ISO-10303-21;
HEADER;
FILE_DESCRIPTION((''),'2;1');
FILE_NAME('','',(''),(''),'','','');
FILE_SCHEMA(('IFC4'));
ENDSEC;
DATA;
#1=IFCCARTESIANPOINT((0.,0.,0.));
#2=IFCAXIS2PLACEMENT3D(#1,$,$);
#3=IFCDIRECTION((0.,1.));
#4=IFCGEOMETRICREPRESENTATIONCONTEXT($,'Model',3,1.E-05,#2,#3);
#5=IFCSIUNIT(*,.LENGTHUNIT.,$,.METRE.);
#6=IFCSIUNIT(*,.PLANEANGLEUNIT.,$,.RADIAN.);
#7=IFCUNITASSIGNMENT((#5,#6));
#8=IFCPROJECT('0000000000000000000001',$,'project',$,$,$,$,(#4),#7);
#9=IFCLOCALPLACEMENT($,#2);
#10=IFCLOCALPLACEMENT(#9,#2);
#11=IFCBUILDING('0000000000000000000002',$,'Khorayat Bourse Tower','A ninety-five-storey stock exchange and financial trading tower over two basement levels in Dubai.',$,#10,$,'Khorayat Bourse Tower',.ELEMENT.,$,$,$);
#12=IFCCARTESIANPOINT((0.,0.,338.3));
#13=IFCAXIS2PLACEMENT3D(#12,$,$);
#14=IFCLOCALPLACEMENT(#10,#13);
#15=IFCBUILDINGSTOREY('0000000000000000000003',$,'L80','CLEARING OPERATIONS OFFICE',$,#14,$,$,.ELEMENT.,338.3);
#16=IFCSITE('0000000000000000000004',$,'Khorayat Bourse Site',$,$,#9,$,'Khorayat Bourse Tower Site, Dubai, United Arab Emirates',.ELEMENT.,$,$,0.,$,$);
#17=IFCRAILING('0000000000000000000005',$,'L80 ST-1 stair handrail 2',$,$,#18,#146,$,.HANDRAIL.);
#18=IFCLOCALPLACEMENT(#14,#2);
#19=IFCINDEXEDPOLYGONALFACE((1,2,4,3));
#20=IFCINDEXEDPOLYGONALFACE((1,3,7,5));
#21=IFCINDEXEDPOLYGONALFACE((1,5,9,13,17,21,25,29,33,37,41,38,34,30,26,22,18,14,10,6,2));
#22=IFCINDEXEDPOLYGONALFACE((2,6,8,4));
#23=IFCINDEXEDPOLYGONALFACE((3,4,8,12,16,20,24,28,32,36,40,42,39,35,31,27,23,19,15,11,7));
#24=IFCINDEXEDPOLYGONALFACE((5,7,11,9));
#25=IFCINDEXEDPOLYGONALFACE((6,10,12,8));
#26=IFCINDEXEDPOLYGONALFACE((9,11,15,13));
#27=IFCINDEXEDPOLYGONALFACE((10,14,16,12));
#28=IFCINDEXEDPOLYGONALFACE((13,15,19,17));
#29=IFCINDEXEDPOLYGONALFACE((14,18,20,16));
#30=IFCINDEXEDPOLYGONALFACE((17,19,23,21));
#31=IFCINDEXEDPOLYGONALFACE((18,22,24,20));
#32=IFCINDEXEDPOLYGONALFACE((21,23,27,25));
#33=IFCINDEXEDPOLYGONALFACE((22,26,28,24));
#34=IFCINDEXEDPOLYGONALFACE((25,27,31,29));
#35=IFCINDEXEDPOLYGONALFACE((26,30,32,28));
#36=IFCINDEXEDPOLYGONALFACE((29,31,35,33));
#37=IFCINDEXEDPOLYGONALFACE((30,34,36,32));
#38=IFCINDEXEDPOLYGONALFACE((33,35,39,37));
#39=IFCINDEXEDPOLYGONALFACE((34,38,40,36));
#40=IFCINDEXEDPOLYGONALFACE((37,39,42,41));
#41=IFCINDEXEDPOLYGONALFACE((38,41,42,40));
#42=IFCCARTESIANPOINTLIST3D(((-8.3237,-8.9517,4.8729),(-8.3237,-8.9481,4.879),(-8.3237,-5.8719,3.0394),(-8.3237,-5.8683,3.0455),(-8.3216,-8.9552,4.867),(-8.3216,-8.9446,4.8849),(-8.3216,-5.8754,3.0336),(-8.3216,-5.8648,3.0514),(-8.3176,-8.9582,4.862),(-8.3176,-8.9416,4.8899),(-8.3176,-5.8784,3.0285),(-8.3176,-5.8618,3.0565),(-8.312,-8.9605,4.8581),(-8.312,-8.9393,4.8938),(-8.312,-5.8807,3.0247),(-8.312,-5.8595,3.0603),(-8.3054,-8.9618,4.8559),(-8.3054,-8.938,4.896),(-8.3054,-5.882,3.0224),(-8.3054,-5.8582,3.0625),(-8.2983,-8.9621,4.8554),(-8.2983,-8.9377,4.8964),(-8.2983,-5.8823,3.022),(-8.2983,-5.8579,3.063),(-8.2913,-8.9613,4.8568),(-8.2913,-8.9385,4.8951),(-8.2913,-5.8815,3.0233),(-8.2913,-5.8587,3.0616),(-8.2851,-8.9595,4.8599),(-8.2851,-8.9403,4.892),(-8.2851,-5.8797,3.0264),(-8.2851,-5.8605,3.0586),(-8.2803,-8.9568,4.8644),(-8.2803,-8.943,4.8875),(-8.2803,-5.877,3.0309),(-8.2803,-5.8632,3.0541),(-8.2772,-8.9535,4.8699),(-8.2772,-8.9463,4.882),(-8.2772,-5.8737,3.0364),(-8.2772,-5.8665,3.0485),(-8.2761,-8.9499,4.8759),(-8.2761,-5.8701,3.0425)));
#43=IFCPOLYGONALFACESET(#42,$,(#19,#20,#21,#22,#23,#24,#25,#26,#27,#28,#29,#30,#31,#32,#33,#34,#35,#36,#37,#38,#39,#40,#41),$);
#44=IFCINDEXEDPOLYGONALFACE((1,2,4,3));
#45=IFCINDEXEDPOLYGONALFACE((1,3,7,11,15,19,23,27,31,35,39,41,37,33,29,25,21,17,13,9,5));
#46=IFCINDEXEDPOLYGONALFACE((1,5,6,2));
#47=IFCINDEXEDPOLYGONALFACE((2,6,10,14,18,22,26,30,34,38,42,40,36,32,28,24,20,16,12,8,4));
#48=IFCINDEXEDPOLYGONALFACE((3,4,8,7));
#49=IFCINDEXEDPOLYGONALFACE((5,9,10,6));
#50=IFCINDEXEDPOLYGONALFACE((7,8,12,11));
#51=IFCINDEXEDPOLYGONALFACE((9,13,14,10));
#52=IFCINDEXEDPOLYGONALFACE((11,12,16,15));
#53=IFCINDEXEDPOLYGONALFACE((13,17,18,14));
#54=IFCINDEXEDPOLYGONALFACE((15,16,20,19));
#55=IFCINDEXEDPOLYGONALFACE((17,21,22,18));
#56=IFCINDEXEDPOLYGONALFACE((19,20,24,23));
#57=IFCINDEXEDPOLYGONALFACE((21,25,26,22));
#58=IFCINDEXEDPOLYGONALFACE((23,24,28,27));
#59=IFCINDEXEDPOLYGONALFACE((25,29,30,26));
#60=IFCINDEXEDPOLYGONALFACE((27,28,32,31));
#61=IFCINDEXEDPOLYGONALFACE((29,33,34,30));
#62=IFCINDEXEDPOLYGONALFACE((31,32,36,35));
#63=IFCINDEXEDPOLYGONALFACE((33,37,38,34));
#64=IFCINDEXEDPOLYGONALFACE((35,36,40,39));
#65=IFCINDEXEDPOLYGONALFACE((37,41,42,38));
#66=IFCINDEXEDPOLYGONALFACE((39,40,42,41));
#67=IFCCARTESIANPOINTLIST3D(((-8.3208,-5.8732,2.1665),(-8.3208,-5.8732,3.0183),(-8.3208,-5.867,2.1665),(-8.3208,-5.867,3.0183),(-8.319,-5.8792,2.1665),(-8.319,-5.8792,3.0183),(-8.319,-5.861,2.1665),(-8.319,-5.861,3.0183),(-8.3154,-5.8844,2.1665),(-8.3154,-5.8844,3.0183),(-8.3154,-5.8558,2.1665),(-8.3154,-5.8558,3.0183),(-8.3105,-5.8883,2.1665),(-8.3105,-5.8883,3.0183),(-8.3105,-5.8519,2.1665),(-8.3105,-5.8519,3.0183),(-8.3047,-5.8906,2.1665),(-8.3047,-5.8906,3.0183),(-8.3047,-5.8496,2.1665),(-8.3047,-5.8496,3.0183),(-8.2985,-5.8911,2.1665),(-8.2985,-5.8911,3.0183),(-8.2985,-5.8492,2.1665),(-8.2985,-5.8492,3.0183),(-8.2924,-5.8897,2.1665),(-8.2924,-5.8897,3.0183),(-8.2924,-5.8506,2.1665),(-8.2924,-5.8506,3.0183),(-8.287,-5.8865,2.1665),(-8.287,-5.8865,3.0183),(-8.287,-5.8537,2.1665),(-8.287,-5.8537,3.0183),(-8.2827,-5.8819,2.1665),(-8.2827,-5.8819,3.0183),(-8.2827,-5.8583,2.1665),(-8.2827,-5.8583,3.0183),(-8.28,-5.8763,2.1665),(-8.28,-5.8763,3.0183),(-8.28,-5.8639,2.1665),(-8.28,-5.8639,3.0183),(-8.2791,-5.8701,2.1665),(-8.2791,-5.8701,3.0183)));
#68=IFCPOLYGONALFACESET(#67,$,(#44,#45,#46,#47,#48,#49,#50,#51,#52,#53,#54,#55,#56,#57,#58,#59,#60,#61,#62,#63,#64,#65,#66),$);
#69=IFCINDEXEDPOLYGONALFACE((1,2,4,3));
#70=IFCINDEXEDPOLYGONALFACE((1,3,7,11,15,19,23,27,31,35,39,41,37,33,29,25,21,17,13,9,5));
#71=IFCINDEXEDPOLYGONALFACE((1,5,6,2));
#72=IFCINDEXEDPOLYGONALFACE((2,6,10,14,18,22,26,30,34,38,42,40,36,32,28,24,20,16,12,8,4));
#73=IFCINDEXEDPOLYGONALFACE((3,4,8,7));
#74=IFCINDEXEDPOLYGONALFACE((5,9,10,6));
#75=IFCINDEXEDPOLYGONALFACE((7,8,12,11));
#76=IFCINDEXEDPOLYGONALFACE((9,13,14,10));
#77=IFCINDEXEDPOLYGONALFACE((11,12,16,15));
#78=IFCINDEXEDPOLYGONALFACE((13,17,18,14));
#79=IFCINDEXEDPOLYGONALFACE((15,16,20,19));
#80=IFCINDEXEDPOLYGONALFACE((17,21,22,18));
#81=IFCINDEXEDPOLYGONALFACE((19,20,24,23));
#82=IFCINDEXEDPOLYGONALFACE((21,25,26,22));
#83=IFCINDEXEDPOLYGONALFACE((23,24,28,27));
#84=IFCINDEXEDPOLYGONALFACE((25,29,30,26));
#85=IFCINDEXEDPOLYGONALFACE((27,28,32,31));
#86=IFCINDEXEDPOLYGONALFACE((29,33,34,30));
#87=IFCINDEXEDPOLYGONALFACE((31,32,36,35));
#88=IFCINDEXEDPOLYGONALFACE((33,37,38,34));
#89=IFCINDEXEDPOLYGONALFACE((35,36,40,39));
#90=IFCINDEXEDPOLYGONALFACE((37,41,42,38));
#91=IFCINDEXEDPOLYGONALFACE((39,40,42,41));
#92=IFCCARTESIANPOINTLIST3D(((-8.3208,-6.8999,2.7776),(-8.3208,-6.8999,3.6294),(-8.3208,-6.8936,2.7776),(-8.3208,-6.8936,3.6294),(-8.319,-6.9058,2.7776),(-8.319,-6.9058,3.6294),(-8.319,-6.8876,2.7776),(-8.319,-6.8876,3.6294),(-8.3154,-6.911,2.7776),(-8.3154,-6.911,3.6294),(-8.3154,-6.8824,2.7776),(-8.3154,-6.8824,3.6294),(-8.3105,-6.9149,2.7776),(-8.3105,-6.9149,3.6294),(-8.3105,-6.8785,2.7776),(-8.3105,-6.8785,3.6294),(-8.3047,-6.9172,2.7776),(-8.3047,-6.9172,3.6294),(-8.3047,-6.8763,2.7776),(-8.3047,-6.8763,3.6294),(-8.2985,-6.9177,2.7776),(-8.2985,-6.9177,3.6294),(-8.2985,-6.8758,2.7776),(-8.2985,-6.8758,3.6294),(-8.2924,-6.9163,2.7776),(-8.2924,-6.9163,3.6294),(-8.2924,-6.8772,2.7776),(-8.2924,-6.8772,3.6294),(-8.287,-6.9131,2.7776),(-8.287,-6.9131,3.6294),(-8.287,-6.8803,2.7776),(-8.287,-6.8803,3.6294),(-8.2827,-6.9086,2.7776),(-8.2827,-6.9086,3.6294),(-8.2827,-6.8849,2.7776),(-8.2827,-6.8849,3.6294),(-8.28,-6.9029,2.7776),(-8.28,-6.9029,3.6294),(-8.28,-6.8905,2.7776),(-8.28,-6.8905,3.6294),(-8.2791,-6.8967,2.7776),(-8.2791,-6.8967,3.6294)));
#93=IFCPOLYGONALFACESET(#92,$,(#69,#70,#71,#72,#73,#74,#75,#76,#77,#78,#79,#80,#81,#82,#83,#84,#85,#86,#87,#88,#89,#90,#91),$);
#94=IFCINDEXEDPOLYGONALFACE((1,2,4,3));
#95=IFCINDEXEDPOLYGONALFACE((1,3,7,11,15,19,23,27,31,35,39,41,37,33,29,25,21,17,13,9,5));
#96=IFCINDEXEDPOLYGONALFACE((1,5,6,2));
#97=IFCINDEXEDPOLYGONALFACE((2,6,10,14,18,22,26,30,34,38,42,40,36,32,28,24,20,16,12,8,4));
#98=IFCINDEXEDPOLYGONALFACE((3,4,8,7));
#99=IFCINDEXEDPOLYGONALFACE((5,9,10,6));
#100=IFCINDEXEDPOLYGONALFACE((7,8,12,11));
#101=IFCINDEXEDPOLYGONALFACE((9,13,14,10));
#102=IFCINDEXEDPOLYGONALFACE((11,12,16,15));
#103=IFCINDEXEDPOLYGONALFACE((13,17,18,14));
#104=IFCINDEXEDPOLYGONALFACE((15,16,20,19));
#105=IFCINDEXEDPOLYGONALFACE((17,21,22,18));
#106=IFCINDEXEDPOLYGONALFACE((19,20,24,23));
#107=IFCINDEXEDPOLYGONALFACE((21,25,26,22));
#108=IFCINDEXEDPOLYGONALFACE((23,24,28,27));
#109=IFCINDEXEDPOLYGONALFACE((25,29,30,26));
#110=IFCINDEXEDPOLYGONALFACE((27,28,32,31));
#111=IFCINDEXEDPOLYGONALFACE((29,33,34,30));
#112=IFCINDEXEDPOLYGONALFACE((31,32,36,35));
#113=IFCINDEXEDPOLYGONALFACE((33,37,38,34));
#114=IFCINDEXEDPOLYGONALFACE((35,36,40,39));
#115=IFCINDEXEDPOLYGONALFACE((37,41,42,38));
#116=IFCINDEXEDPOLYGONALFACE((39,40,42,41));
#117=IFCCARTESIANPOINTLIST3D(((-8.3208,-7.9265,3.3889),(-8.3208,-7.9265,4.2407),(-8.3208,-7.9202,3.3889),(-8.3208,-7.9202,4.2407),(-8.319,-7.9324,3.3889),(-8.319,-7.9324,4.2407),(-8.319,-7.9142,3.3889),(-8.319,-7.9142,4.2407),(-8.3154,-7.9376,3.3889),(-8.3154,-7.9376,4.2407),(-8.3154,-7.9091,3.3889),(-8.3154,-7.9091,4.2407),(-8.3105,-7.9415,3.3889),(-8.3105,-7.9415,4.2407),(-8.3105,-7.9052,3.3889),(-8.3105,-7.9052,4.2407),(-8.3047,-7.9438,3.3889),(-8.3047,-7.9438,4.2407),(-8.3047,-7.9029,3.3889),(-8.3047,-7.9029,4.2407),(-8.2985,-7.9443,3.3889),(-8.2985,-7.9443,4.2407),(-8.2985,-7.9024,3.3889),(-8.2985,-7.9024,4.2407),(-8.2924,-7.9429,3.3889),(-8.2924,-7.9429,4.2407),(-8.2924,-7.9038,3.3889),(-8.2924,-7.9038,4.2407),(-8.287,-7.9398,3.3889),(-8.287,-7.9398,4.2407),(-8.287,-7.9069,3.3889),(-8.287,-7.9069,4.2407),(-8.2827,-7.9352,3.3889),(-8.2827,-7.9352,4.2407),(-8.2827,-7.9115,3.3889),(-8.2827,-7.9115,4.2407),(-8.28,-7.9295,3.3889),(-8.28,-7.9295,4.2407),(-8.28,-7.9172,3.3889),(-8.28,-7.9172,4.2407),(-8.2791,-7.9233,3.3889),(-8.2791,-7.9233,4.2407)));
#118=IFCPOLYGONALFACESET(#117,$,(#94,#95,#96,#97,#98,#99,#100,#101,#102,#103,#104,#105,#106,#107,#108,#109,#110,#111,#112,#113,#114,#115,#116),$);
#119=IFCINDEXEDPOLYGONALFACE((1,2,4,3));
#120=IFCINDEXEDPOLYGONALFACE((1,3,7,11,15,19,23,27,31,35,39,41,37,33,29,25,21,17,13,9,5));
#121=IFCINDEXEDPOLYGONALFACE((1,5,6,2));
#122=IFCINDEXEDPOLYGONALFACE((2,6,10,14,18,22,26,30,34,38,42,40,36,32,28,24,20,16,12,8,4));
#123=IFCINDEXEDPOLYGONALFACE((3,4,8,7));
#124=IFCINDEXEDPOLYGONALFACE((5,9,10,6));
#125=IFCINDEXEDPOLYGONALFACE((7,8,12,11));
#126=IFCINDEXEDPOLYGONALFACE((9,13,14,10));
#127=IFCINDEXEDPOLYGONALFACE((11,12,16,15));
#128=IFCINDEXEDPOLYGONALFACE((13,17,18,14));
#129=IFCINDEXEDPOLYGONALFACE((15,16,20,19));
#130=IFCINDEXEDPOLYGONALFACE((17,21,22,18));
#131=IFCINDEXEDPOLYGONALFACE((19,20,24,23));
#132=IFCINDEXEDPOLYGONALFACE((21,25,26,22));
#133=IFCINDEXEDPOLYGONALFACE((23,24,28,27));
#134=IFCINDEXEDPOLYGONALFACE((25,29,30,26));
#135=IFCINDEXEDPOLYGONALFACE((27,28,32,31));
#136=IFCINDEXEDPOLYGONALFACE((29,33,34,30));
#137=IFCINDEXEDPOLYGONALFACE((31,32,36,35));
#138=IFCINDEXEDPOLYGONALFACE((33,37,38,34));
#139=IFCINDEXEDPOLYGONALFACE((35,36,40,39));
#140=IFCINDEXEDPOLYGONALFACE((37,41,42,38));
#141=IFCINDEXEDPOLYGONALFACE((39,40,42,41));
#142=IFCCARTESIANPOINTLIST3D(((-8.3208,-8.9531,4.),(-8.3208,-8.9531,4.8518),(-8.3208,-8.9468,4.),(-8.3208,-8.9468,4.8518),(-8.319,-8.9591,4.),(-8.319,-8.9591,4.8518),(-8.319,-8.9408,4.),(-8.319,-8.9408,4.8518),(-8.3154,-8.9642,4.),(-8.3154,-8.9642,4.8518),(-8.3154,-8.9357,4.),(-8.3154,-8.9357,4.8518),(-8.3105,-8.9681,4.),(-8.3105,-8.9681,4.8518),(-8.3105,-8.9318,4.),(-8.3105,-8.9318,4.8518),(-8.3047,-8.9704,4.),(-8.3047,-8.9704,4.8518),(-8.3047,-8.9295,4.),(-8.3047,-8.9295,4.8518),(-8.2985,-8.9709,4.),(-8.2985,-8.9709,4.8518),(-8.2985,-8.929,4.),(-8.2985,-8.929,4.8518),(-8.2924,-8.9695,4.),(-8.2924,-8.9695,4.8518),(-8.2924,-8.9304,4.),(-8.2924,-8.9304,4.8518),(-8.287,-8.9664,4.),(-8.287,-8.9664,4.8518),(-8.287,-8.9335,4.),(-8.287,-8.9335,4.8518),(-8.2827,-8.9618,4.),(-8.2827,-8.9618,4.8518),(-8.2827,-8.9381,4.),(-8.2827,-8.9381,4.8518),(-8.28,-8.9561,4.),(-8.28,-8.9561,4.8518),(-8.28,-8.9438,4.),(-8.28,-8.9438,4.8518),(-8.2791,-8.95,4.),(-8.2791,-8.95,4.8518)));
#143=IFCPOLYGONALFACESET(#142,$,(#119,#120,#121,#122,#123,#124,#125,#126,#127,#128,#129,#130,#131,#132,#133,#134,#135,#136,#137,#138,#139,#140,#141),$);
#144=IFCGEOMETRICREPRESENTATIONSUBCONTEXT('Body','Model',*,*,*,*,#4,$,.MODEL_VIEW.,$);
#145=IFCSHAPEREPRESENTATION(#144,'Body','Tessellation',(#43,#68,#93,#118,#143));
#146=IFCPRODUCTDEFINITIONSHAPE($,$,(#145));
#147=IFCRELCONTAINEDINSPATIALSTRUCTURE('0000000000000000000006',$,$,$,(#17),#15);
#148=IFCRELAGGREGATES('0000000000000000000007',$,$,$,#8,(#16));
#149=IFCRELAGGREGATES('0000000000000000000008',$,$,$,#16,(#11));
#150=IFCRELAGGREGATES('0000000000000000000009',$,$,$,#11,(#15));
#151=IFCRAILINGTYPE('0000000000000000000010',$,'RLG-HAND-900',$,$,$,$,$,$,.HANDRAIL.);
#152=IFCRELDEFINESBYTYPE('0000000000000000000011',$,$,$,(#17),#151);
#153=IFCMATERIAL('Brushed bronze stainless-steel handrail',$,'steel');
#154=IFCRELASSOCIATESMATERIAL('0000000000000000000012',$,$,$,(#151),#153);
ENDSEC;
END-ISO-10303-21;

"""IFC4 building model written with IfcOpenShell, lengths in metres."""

from ifc_helpers import new_model, si_unit, direction, frame, origin, origin_2d, place, context, subcontext, project, spatial, circle, extrude, source, transform, mapped, material, type_object, element, save


model = new_model("IFC4")

# Units and contexts
model_context = context("Model", 3, precision=1e-05, world=origin(), true_north=direction((0.0, 1.0)))
body_context = subcontext(model_context, "Body", "Model", "MODEL_VIEW")
ifc_project = project(units=[si_unit("LENGTHUNIT", "METRE"), si_unit("PLANEANGLEUNIT", "RADIAN")], contexts=[model_context])

# Site, building, storey
site_placement = place(None, origin())
site = spatial("IfcSite", under=ifc_project, at=site_placement, Name="Khorayat Bourse Site", LongName="Khorayat Bourse Tower Site, Dubai, United Arab Emirates", CompositionType="ELEMENT", RefElevation=0.0)
building_placement = place(site_placement, origin())
building = spatial("IfcBuilding", under=site, at=building_placement, Name="Khorayat Bourse Tower", Description="A ninety-five-storey stock exchange and financial trading tower over two basement levels in Dubai.", LongName="Khorayat Bourse Tower", CompositionType="ELEMENT")
storey_placement = place(building_placement, frame((0.0, 0.0, 338.3)))
storey = spatial("IfcBuildingStorey", under=building, at=storey_placement, Name="L80", Description="CLEARING OPERATIONS OFFICE", CompositionType="ELEMENT", Elevation=338.3)

# Railing
ifc_material_1 = material(Name="Brushed bronze stainless-steel handrail", Category="steel")
railing_type_1 = type_object("IfcRailingType", Name="RLG-HAND-900", PredefinedType="HANDRAIL", material=ifc_material_1)
shared_shape_1 = source(origin(), body_context, "Body", "SweptSolid", [
    extrude(circle(Radius=0.0239, at=origin_2d()), frame((0.0, 0.0, 0.876), z_axis=(0.0, -0.859261, 0.511538), x_axis=(1.0, 0.0, 0.0)), (0.0, 0.0, 1.0), 3.5842),
    extrude(circle(Radius=0.021, at=origin_2d()), origin(), (0.0, 0.0, 1.0), 0.8518),
    extrude(circle(Radius=0.021, at=origin_2d()), frame((0.0, -1.0266, 0.6111)), (0.0, 0.0, 1.0), 0.8518),
    extrude(circle(Radius=0.021, at=origin_2d()), frame((0.0, -2.0532, 1.2224)), (0.0, 0.0, 1.0), 0.8518),
    extrude(circle(Radius=0.021, at=origin_2d()), frame((0.0, -3.0798, 1.8335)), (0.0, 0.0, 1.0), 0.8518),
])
railing_1_placement = place(storey_placement, frame((-8.3, -5.8701, 2.1665)))
element("IfcRailing", 1, at=railing_1_placement, inside=storey, type_object=railing_type_1, Name="L80 ST-1 stair handrail 2", PredefinedType="HANDRAIL", context=body_context, shape_type="MappedRepresentation", body=[
    mapped(shared_shape_1, transform((0.0, 0.0, 0.0), scale=1.0)),
])

save(model, "model.ifc")
